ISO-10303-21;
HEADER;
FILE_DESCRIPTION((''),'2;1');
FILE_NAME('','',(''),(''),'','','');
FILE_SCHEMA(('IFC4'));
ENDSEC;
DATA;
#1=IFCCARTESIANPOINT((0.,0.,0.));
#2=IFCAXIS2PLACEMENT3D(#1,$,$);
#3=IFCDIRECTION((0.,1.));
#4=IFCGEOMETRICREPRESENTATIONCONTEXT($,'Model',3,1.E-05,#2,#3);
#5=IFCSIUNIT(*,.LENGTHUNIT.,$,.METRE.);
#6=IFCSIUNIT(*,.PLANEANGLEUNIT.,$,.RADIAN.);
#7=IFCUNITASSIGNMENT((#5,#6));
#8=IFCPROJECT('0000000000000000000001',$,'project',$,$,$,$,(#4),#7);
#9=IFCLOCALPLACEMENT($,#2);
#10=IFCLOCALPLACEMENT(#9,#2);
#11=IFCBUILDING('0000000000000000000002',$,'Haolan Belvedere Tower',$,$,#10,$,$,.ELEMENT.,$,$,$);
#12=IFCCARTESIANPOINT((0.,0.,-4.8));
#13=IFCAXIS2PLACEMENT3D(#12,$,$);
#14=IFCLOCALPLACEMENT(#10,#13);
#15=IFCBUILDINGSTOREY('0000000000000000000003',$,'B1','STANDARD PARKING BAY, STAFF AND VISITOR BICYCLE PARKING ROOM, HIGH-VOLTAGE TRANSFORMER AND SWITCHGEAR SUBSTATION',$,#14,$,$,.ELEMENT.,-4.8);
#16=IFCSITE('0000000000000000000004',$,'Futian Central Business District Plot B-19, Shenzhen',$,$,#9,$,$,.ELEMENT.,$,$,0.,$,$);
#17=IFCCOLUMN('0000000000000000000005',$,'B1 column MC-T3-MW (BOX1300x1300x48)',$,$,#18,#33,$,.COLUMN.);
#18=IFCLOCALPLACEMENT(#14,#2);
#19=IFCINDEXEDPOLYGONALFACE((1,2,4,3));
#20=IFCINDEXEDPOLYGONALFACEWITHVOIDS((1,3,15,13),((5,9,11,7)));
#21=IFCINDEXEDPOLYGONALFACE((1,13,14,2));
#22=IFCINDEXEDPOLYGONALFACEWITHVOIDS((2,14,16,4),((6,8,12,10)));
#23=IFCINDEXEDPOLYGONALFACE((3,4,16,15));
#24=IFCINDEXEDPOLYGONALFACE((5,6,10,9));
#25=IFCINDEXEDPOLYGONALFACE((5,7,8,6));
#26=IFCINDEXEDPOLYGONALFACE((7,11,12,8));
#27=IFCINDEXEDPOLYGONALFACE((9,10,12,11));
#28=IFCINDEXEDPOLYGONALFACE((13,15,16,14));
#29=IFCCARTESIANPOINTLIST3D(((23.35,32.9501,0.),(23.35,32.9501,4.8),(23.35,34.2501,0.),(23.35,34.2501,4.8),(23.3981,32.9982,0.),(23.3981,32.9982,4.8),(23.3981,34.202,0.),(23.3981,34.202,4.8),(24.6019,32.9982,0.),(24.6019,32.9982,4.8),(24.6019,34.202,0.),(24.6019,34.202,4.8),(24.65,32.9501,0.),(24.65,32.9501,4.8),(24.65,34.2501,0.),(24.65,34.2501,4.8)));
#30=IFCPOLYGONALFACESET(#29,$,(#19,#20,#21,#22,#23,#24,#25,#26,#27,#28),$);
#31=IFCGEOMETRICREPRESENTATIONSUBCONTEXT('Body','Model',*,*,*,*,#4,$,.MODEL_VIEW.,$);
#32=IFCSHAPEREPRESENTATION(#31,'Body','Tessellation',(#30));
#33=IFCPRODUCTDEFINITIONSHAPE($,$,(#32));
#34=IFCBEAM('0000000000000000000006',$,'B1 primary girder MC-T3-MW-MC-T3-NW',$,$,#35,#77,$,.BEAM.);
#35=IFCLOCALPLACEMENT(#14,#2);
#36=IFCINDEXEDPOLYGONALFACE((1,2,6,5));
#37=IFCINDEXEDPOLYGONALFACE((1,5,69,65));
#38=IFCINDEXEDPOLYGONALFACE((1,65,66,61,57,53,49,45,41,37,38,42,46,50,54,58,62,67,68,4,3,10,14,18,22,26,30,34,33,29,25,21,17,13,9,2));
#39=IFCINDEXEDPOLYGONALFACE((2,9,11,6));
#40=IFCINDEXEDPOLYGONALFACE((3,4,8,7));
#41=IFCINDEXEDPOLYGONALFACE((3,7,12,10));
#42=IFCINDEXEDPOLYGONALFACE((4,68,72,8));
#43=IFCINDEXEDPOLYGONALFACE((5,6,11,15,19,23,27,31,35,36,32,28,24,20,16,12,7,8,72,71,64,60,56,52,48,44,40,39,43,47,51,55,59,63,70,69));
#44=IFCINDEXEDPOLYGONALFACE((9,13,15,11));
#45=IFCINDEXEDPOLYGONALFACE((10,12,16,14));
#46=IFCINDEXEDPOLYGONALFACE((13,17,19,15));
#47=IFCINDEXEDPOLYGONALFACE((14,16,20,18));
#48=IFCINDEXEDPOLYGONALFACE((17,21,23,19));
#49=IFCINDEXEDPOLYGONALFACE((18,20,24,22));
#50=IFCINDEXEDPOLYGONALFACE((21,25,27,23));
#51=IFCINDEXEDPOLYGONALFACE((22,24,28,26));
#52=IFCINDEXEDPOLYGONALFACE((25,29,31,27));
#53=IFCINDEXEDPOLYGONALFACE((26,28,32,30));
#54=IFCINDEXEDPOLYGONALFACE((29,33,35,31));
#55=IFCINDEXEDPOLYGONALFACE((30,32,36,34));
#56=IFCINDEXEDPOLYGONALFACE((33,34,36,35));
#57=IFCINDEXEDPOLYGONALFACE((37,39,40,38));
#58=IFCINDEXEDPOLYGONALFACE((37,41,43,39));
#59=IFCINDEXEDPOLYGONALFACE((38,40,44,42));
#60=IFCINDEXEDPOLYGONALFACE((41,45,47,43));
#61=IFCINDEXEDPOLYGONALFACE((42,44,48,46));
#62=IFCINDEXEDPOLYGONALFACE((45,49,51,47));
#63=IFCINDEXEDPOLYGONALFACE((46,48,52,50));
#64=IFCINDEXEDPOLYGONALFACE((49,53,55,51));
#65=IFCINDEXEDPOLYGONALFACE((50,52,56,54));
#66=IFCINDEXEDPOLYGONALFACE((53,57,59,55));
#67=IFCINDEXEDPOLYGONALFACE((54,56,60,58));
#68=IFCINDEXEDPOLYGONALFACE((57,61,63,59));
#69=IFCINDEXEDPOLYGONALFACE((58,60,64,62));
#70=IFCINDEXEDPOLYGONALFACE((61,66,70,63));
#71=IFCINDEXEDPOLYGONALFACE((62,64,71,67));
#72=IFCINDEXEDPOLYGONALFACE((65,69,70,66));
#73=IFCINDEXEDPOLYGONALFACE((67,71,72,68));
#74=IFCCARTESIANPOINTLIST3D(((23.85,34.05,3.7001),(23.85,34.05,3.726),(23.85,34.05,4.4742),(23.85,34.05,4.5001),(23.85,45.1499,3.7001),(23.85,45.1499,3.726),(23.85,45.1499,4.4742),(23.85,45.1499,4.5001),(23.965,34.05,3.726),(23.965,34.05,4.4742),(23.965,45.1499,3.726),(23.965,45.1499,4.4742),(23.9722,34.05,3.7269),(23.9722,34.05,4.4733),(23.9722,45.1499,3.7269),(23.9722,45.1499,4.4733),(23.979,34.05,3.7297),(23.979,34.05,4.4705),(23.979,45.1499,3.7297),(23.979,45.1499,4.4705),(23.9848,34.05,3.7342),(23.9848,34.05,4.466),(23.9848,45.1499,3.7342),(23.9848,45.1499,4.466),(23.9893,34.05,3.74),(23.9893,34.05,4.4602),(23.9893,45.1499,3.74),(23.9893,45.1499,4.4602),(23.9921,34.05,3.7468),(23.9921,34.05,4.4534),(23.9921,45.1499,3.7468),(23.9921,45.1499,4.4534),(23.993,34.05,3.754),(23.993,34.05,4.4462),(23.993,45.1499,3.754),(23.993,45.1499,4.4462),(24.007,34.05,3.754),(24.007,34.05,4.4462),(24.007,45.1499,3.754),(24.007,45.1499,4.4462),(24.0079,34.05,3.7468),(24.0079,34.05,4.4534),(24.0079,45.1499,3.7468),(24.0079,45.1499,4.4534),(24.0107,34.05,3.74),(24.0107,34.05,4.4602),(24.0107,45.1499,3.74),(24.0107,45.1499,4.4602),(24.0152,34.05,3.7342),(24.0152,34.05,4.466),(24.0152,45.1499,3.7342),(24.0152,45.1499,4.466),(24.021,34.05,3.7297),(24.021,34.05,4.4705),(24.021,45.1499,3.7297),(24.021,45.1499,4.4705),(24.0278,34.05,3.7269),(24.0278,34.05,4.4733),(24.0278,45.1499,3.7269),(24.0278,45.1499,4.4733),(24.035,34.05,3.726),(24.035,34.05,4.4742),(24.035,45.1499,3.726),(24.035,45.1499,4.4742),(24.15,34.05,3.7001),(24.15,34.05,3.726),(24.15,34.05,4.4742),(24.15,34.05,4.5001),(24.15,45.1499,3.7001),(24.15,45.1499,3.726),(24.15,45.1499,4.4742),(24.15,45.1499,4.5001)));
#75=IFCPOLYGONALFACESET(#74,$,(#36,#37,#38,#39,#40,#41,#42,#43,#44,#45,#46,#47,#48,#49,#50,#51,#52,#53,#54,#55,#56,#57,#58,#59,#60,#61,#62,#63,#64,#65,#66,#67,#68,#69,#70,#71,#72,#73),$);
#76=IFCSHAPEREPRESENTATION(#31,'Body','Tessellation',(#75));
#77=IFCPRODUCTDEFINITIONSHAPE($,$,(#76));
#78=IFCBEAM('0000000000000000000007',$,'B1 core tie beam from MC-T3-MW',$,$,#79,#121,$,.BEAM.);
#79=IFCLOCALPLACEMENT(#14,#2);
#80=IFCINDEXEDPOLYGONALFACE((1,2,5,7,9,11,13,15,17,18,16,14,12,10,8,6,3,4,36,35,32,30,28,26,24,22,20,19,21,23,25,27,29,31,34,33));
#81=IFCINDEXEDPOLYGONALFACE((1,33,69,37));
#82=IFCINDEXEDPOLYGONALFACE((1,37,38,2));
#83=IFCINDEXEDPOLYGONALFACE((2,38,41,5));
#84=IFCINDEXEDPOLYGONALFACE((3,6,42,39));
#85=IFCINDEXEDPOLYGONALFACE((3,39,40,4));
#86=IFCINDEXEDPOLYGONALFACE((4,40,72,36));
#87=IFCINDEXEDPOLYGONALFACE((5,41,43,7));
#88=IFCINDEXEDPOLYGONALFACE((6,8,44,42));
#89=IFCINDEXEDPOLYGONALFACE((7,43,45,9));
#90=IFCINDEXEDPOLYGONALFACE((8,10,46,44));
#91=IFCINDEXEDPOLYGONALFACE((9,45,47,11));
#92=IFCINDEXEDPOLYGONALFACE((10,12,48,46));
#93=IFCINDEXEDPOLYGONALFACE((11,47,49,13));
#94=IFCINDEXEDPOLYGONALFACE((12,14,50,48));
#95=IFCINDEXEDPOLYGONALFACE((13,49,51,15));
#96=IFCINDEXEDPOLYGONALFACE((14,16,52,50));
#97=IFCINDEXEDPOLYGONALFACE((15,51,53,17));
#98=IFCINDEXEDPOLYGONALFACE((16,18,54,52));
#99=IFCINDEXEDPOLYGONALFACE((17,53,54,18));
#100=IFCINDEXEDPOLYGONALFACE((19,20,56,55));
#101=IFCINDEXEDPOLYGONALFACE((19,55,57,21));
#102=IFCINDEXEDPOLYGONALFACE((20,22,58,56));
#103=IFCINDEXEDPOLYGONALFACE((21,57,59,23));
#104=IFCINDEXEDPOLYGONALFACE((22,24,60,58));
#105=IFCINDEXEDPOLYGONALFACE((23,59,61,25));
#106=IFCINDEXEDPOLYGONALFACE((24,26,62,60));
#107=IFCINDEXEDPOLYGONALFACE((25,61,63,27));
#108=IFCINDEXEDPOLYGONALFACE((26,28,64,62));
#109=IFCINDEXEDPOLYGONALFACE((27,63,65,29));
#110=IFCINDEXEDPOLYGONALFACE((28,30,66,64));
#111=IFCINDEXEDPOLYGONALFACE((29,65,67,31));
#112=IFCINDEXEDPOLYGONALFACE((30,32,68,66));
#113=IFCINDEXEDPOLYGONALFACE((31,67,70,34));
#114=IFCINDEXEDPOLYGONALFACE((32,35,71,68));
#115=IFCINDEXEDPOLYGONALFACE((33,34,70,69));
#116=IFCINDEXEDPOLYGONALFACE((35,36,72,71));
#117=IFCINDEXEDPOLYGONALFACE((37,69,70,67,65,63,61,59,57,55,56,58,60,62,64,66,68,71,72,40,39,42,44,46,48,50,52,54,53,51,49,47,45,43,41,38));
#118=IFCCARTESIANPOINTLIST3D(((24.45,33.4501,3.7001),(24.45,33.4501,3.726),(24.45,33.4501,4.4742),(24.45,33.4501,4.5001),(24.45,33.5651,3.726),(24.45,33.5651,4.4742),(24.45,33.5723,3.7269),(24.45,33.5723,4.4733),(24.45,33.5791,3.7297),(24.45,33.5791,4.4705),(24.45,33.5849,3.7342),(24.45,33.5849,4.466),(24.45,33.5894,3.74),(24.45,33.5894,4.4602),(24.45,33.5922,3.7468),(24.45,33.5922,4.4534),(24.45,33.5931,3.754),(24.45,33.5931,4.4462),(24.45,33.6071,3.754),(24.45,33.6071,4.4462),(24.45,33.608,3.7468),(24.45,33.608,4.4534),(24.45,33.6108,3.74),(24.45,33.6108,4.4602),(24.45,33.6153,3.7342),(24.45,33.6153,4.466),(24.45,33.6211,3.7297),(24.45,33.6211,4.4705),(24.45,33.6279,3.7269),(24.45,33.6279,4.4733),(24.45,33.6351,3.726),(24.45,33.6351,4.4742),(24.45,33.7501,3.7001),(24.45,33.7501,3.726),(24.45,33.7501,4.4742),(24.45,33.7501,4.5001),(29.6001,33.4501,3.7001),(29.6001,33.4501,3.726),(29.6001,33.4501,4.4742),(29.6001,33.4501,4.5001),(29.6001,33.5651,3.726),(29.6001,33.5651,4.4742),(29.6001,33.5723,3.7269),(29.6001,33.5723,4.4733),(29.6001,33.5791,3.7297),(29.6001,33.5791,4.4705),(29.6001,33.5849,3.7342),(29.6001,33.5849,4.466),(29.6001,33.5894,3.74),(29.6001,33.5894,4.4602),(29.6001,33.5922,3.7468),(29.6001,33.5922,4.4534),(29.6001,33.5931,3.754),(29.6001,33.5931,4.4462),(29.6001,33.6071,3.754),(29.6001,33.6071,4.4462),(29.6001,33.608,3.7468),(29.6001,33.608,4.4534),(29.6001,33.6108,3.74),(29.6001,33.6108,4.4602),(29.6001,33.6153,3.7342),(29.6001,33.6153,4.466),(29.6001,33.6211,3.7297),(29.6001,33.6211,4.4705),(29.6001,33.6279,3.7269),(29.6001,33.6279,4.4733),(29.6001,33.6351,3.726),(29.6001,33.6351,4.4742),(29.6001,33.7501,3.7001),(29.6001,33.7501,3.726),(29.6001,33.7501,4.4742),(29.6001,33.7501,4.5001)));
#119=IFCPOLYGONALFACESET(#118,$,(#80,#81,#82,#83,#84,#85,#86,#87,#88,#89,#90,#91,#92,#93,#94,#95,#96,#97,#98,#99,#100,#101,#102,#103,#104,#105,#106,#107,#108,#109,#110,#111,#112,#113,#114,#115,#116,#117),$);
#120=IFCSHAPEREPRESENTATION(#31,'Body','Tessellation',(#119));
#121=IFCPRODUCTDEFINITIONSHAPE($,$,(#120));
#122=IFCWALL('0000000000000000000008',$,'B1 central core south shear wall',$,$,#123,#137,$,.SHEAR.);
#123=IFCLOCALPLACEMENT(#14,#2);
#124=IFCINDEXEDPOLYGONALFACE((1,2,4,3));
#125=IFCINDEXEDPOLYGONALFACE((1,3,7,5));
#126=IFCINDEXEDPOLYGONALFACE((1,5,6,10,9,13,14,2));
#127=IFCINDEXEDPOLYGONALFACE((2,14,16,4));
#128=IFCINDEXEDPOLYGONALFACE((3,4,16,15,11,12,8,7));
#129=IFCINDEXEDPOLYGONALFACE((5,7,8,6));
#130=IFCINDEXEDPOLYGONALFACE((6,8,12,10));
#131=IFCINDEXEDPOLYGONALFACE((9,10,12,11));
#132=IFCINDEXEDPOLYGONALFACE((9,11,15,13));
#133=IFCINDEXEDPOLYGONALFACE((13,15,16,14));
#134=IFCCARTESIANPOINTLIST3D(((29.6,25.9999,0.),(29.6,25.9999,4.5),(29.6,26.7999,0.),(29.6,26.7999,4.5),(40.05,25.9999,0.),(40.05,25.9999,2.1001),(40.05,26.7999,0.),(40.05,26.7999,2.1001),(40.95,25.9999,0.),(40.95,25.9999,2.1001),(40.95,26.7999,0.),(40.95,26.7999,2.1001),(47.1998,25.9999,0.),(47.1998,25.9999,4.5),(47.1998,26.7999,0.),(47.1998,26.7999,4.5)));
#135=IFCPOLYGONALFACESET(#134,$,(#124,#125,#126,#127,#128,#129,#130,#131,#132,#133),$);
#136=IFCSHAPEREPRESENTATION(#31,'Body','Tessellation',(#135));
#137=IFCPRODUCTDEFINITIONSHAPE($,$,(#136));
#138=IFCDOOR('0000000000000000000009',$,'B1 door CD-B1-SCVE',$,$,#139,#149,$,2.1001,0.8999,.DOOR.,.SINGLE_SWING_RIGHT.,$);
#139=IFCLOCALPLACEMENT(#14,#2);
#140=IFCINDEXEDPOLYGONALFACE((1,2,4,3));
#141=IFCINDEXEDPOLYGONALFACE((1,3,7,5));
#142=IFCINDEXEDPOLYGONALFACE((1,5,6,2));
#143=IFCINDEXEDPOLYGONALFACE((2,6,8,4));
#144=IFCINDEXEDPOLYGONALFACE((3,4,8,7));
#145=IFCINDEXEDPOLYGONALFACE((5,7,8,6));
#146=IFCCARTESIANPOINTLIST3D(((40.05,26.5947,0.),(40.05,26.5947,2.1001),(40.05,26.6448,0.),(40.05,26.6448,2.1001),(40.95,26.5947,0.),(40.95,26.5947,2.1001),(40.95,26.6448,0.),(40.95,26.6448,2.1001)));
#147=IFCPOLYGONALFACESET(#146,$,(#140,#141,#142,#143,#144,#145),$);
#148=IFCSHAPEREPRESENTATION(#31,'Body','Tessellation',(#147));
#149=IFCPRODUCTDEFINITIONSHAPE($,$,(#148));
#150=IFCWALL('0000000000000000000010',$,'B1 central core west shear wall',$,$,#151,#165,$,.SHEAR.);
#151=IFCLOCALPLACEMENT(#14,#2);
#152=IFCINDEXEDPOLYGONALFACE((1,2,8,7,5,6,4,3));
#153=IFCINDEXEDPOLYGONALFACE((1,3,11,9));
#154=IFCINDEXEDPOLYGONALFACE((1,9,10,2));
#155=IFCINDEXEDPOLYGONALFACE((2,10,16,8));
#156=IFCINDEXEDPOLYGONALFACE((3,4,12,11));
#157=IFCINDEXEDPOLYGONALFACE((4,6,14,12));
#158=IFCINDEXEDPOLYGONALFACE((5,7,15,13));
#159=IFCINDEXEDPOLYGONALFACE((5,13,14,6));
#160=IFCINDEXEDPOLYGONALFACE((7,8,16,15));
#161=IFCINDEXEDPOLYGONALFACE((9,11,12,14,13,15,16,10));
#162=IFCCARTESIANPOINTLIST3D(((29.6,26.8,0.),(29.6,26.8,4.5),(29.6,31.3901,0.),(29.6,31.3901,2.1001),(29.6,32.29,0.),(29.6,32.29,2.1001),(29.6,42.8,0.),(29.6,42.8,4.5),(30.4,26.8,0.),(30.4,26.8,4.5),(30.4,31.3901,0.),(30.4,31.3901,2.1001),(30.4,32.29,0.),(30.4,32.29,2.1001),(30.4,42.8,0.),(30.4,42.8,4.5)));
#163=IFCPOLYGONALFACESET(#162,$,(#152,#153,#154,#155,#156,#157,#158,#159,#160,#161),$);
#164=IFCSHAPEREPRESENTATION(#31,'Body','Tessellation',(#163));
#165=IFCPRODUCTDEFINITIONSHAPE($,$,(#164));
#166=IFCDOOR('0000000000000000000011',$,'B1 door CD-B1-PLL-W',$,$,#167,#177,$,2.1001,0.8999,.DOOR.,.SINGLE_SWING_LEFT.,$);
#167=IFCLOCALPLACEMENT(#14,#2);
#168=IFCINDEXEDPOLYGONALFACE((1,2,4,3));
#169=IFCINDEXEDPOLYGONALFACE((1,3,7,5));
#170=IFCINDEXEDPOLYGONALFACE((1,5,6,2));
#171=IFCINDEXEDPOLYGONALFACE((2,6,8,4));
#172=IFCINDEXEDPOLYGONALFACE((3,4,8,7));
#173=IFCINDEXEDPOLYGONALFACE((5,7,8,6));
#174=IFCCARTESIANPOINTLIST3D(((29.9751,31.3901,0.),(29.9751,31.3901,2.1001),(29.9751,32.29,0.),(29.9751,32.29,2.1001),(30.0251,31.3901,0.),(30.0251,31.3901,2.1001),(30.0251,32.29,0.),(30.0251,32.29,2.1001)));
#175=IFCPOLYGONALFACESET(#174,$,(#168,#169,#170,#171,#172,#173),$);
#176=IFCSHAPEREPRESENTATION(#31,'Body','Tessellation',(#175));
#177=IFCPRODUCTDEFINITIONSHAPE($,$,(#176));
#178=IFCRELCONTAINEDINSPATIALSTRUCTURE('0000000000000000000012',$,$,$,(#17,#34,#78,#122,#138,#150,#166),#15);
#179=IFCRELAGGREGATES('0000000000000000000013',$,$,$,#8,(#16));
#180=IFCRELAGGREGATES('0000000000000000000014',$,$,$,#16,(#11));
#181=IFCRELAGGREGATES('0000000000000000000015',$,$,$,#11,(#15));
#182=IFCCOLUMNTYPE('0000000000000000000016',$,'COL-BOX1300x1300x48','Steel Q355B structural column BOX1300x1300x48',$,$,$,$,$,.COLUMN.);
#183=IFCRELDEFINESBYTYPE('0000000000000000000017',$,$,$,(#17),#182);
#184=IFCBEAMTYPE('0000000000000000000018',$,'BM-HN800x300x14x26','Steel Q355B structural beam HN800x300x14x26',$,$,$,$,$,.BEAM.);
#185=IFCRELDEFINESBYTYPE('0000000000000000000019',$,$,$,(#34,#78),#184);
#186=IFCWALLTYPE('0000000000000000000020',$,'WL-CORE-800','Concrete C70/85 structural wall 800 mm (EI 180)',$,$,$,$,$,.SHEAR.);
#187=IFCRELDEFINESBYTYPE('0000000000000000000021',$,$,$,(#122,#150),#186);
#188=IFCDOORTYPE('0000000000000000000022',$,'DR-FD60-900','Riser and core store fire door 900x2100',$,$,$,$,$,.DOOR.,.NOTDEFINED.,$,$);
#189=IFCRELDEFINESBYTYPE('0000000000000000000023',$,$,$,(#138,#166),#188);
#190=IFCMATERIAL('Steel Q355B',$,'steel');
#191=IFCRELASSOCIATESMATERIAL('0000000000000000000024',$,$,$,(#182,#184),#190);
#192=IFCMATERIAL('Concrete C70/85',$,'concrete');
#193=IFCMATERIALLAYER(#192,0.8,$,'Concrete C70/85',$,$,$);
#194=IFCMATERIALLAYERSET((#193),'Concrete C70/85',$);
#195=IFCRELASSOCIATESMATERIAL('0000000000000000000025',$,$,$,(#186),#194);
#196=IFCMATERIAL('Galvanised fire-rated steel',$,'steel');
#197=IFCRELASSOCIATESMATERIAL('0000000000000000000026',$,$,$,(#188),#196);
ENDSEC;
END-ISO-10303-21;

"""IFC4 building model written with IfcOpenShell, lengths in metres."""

from ifc_helpers import new_model, si_unit, direction, frame, frame_2d, origin, origin_2d, place, context, subcontext, project, spatial, rectangle, hollow_rectangle, i_section, extrude, material, layer, layer_set, material_profile, profile_set, type_object, element, fill, save


model = new_model("IFC4")

# Units and contexts
model_context = context("Model", 3, precision=1e-05, world=origin(), true_north=direction((0.0, 1.0)))
body_context = subcontext(model_context, "Body", "Model", "MODEL_VIEW")
ifc_project = project(units=[si_unit("LENGTHUNIT", "METRE"), si_unit("PLANEANGLEUNIT", "RADIAN")], contexts=[model_context])

# Site, building, storey
site_placement = place(None, origin())
site = spatial("IfcSite", under=ifc_project, at=site_placement, Name="Futian Central Business District Plot B-19, Shenzhen", CompositionType="ELEMENT", RefElevation=0.0)
building_placement = place(site_placement, origin())
building = spatial("IfcBuilding", under=site, at=building_placement, Name="Haolan Belvedere Tower", CompositionType="ELEMENT")
storey_placement = place(building_placement, frame((0.0, 0.0, -4.8)))
storey = spatial("IfcBuildingStorey", under=building, at=storey_placement, Name="B1", Description="STANDARD PARKING BAY, STAFF AND VISITOR BICYCLE PARKING ROOM, HIGH-VOLTAGE TRANSFORMER AND SWITCHGEAR SUBSTATION", CompositionType="ELEMENT", Elevation=-4.8)

# Column
ifc_material_1 = material(Name="Steel Q355B", Category="steel")
ifc_material_profile_1 = material_profile(ifc_material_1, hollow_rectangle(XDim=1.3, YDim=1.3, WallThickness=0.0481, at=origin_2d()), Name="Steel Q355B")
ifc_profile_set_1 = profile_set([ifc_material_profile_1], Name="Steel Q355B")
column_type = type_object("IfcColumnType", Name="COL-BOX1300x1300x48", Description="Steel Q355B structural column BOX1300x1300x48", PredefinedType="COLUMN", material=ifc_profile_set_1)
column_placement = place(storey_placement, frame((24.0, 33.6001, 0.0), z_axis=(0.0, 0.0, 1.0), x_axis=(1.0, 0.0, 0.0)))
element("IfcColumn", 1, at=column_placement, inside=storey, type_object=column_type, Name="B1 column MC-T3-MW (BOX1300x1300x48)", PredefinedType="COLUMN", context=body_context, shape_type="SweptSolid", body=[
    extrude(hollow_rectangle(XDim=1.3, YDim=1.3, WallThickness=0.0481, at=origin_2d()), origin(), (0.0, 0.0, 1.0), 4.8),
])

# Beams
ifc_material_profile_2 = material_profile(ifc_material_1, i_section(OverallWidth=0.3, OverallDepth=0.8, WebThickness=0.0139, FlangeThickness=0.0259, FilletRadius=0.0281, at=origin_2d()), Name="Steel Q355B")
ifc_profile_set_2 = profile_set([ifc_material_profile_2], Name="Steel Q355B")
beam_type = type_object("IfcBeamType", Name="BM-HN800x300x14x26", Description="Steel Q355B structural beam HN800x300x14x26", PredefinedType="BEAM", material=ifc_profile_set_2)
beam_1_placement = place(storey_placement, frame((24.0, 34.05, 4.1001), z_axis=(0.0, 1.0, 0.0), x_axis=(-1.0, 0.0, 0.0)))
element("IfcBeam", 2, at=beam_1_placement, inside=storey, type_object=beam_type, Name="B1 primary girder MC-T3-MW-MC-T3-NW", PredefinedType="BEAM", context=body_context, shape_type="SweptSolid", body=[
    extrude(i_section(OverallWidth=0.3, OverallDepth=0.8, WebThickness=0.0139, FlangeThickness=0.0259, FilletRadius=0.0281, at=origin_2d()), origin(), (0.0, 0.0, 1.0), 11.0999),
])
beam_2_placement = place(storey_placement, frame((24.45, 33.6001, 4.1001), z_axis=(1.0, 0.0, 0.0), x_axis=(0.0, 1.0, 0.0)))
element("IfcBeam", 3, at=beam_2_placement, inside=storey, type_object=beam_type, Name="B1 core tie beam from MC-T3-MW", PredefinedType="BEAM", context=body_context, shape_type="SweptSolid", body=[
    extrude(i_section(OverallWidth=0.3, OverallDepth=0.8, WebThickness=0.0139, FlangeThickness=0.0259, FilletRadius=0.0281, at=origin_2d()), origin(), (0.0, 0.0, 1.0), 5.1501),
])

# Walls, openings, doors
ifc_material_2 = material(Name="Concrete C70/85", Category="concrete")
ifc_layer_1 = layer(ifc_material_2, 0.8, Name="Concrete C70/85")
ifc_layer_set_1 = layer_set([ifc_layer_1], Name="Concrete C70/85")
wall_type_1 = type_object("IfcWallType", Name="WL-CORE-800", Description="Concrete C70/85 structural wall 800 mm (EI 180)", PredefinedType="SHEAR", material=ifc_layer_set_1)
wall_1_placement = place(storey_placement, frame((29.6001, 26.3999, 0.0), z_axis=(0.0, 0.0, 1.0), x_axis=(1.0, 0.0, 0.0)))
wall_1 = element("IfcWall", 4, at=wall_1_placement, inside=storey, type_object=wall_type_1, Name="B1 central core south shear wall", PredefinedType="SHEAR", context=body_context, shape_type="SweptSolid", body=[
    extrude(rectangle(XDim=17.5999, YDim=0.8, at=frame_2d((8.7998, 0.0))), origin(), (0.0, 0.0, 1.0), 4.5),
])
opening_1_placement = place(wall_1_placement, frame((11.3499, 0.0, 0.0), z_axis=(0.0, 0.0, 1.0), x_axis=(-1.0, 0.0, 0.0)))
opening_1 = element("IfcOpeningElement", 5, at=opening_1_placement, cuts=wall_1, PredefinedType="OPENING", context=body_context, shape_type="SweptSolid", body=[
    extrude(rectangle(XDim=0.8999, YDim=2.1001, at=frame_2d((0.45, 1.05))), frame((0.0, 0.4099, 0.0), z_axis=(0.0, -1.0, 0.0), x_axis=(1.0, 0.0, 0.0)), (0.0, 0.0, 1.0), 0.8201),
])
ifc_material_3 = material(Name="Galvanised fire-rated steel", Category="steel")
door_type_1 = type_object("IfcDoorType", Name="DR-FD60-900", Description="Riser and core store fire door 900x2100", OperationType="NOTDEFINED", PredefinedType="DOOR", material=ifc_material_3)
door_1_placement = place(opening_1_placement, origin())
door_1 = element("IfcDoor", 6, at=door_1_placement, inside=storey, type_object=door_type_1, Name="B1 door CD-B1-SCVE", OperationType="SINGLE_SWING_RIGHT", OverallHeight=2.1001, OverallWidth=0.8999, PredefinedType="DOOR", context=body_context, shape_type="SweptSolid", body=[
    extrude(rectangle(XDim=0.8999, YDim=2.1001, at=frame_2d((0.45, 1.05))), frame((0.0, -0.1948, 0.0), z_axis=(0.0, -1.0, 0.0), x_axis=(1.0, 0.0, 0.0)), (0.0, 0.0, 1.0), 0.05),
])
fill(opening_1, door_1)
wall_2_placement = place(storey_placement, frame((30.0, 26.8, 0.0), z_axis=(0.0, 0.0, 1.0), x_axis=(0.0, 1.0, 0.0)))
wall_2 = element("IfcWall", 7, at=wall_2_placement, inside=storey, type_object=wall_type_1, Name="B1 central core west shear wall", PredefinedType="SHEAR", context=body_context, shape_type="SweptSolid", body=[
    extrude(rectangle(XDim=16.0, YDim=0.8, at=frame_2d((8.0, 0.0))), origin(), (0.0, 0.0, 1.0), 4.5),
])
opening_2_placement = place(wall_2_placement, frame((4.5901, 0.0, 0.0)))
opening_2 = element("IfcOpeningElement", 8, at=opening_2_placement, cuts=wall_2, PredefinedType="OPENING", context=body_context, shape_type="SweptSolid", body=[
    extrude(rectangle(XDim=0.8999, YDim=2.1001, at=frame_2d((0.45, 1.05))), frame((0.0, 0.4099, 0.0), z_axis=(0.0, -1.0, 0.0), x_axis=(1.0, 0.0, 0.0)), (0.0, 0.0, 1.0), 0.8201),
])
door_2_placement = place(opening_2_placement, origin())
door_2 = element("IfcDoor", 9, at=door_2_placement, inside=storey, type_object=door_type_1, Name="B1 door CD-B1-PLL-W", OperationType="SINGLE_SWING_LEFT", OverallHeight=2.1001, OverallWidth=0.8999, PredefinedType="DOOR", context=body_context, shape_type="SweptSolid", body=[
    extrude(rectangle(XDim=0.8999, YDim=2.1001, at=frame_2d((0.45, 1.05))), frame((0.0, 0.0249, 0.0), z_axis=(0.0, -1.0, 0.0), x_axis=(1.0, 0.0, 0.0)), (0.0, 0.0, 1.0), 0.05),
])
fill(opening_2, door_2)

save(model, "model.ifc")
